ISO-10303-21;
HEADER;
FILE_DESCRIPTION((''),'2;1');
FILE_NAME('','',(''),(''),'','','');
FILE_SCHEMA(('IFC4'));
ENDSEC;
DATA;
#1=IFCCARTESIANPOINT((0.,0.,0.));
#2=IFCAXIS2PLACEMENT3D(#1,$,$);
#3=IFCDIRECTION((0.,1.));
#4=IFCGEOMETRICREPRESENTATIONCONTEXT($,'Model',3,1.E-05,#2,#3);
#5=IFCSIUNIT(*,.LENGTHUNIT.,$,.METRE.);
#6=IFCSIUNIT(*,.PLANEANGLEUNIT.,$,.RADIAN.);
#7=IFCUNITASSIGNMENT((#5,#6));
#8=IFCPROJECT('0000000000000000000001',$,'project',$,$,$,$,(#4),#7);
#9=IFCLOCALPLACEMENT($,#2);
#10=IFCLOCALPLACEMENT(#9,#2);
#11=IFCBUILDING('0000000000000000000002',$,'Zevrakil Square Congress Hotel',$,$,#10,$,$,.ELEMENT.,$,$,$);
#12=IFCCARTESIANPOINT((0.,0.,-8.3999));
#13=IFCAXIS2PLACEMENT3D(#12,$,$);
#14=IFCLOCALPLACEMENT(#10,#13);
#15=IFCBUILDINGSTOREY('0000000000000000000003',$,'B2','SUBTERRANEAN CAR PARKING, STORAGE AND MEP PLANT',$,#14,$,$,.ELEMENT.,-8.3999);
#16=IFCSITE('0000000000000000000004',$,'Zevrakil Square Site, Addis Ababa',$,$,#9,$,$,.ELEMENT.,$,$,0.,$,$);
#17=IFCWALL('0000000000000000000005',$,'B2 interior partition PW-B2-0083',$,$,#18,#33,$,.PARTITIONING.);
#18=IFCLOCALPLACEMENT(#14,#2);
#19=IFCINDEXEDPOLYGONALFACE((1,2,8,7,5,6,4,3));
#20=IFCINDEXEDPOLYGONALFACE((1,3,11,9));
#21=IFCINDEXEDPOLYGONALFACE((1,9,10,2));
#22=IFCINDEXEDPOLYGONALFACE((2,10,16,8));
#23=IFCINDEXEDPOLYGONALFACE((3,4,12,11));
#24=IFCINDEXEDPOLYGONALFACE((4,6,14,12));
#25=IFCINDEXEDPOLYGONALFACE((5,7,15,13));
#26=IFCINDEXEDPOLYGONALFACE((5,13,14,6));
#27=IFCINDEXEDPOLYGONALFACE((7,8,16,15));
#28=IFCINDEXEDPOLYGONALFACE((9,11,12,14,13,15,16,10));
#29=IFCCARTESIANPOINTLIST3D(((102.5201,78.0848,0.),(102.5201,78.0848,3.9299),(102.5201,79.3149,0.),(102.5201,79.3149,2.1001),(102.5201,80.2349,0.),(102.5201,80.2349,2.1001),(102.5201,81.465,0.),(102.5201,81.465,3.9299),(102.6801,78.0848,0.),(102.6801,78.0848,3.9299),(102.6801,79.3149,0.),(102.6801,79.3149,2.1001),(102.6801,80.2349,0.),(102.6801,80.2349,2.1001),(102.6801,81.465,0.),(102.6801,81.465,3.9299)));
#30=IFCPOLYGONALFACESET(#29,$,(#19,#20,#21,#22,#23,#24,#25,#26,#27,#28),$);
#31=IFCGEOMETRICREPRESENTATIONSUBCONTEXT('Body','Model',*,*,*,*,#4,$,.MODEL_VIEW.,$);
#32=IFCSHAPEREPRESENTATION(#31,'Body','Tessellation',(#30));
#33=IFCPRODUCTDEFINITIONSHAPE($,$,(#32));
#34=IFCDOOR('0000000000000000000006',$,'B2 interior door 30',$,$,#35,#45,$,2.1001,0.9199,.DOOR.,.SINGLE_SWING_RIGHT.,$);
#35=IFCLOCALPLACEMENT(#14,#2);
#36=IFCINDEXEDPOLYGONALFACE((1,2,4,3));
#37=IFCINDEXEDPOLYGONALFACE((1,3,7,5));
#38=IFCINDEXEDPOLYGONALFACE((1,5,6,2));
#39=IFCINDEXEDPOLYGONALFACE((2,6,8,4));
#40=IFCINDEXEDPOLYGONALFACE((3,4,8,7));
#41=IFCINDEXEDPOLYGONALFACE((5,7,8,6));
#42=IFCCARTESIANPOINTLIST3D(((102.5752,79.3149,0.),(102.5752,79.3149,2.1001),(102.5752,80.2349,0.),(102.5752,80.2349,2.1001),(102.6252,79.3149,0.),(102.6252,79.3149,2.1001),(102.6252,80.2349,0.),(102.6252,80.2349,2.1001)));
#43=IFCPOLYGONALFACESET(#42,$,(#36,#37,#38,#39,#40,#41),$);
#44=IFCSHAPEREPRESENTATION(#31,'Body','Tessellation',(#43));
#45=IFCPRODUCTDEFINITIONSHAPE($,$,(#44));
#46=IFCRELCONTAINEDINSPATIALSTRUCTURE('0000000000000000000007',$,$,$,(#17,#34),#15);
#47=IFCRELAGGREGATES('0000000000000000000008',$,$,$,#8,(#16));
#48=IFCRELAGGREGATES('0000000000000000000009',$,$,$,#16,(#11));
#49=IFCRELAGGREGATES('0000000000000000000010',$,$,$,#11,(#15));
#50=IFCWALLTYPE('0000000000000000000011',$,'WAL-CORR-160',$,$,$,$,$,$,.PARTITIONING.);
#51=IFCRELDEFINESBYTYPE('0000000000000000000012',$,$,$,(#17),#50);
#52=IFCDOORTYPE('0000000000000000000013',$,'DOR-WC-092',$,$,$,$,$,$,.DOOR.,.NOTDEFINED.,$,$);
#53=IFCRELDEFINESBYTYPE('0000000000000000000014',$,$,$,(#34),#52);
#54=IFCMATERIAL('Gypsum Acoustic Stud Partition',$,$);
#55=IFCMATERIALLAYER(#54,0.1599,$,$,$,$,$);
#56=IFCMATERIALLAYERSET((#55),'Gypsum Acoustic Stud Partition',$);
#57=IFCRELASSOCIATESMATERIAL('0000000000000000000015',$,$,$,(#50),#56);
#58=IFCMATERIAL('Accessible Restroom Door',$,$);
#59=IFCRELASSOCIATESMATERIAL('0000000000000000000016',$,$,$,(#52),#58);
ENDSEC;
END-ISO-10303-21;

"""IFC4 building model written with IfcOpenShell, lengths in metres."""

from ifc_helpers import new_model, si_unit, direction, frame, frame_2d, origin, place, context, subcontext, project, spatial, rectangle, extrude, material, layer, layer_set, type_object, element, fill, save


model = new_model("IFC4")

# Units and contexts
model_context = context("Model", 3, precision=1e-05, world=origin(), true_north=direction((0.0, 1.0)))
body_context = subcontext(model_context, "Body", "Model", "MODEL_VIEW")
ifc_project = project(units=[si_unit("LENGTHUNIT", "METRE"), si_unit("PLANEANGLEUNIT", "RADIAN")], contexts=[model_context])

# Site, building, storey
site_placement = place(None, origin())
site = spatial("IfcSite", under=ifc_project, at=site_placement, Name="Zevrakil Square Site, Addis Ababa", CompositionType="ELEMENT", RefElevation=0.0)
building_placement = place(site_placement, origin())
building = spatial("IfcBuilding", under=site, at=building_placement, Name="Zevrakil Square Congress Hotel", CompositionType="ELEMENT")
storey_placement = place(building_placement, frame((0.0, 0.0, -8.3999)))
storey = spatial("IfcBuildingStorey", under=building, at=storey_placement, Name="B2", Description="SUBTERRANEAN CAR PARKING, STORAGE AND MEP PLANT", CompositionType="ELEMENT", Elevation=-8.3999)

# Shared definitions
ifc_material_1 = material(Name="Gypsum Acoustic Stud Partition")
ifc_layer_1 = layer(ifc_material_1, 0.1599)
ifc_layer_set_1 = layer_set([ifc_layer_1], Name="Gypsum Acoustic Stud Partition")
wall_type_1 = type_object("IfcWallType", Name="WAL-CORR-160", PredefinedType="PARTITIONING", material=ifc_layer_set_1)

# Wall, opening, door
wall_1_placement = place(storey_placement, frame((102.6001, 78.085, 0.0), z_axis=(0.0, 0.0, 1.0), x_axis=(0.0, 1.0, 0.0)))
wall_1 = element("IfcWall", 1, at=wall_1_placement, inside=storey, type_object=wall_type_1, Name="B2 interior partition PW-B2-0083", PredefinedType="PARTITIONING", context=body_context, shape_type="SweptSolid", body=[
    extrude(rectangle(XDim=3.3801, YDim=0.1599, at=frame_2d((1.6899, 0.0))), origin(), (0.0, 0.0, 1.0), 3.9299),
])
opening_1_placement = place(wall_1_placement, frame((1.23, 0.0, 0.0)))
opening_1 = element("IfcOpeningElement", 2, at=opening_1_placement, cuts=wall_1, PredefinedType="OPENING", context=body_context, shape_type="SweptSolid", body=[
    extrude(rectangle(XDim=0.9199, YDim=2.1001, at=frame_2d((0.46, 1.05))), frame((0.0, 0.0898, 0.0), z_axis=(0.0, -1.0, 0.0), x_axis=(1.0, 0.0, 0.0)), (0.0, 0.0, 1.0), 0.1799),
])
ifc_material_2 = material(Name="Accessible Restroom Door")
door_type_1 = type_object("IfcDoorType", Name="DOR-WC-092", OperationType="NOTDEFINED", PredefinedType="DOOR", material=ifc_material_2)
door_1_placement = place(opening_1_placement, origin())
door_1 = element("IfcDoor", 3, at=door_1_placement, inside=storey, type_object=door_type_1, Name="B2 interior door 30", OperationType="SINGLE_SWING_RIGHT", OverallHeight=2.1001, OverallWidth=0.9199, PredefinedType="DOOR", context=body_context, shape_type="SweptSolid", body=[
    extrude(rectangle(XDim=0.9199, YDim=2.1001, at=frame_2d((0.46, 1.05))), frame((0.0, 0.0249, 0.0), z_axis=(0.0, -1.0, 0.0), x_axis=(1.0, 0.0, 0.0)), (0.0, 0.0, 1.0), 0.05),
])
fill(opening_1, door_1)

save(model, "model.ifc")
